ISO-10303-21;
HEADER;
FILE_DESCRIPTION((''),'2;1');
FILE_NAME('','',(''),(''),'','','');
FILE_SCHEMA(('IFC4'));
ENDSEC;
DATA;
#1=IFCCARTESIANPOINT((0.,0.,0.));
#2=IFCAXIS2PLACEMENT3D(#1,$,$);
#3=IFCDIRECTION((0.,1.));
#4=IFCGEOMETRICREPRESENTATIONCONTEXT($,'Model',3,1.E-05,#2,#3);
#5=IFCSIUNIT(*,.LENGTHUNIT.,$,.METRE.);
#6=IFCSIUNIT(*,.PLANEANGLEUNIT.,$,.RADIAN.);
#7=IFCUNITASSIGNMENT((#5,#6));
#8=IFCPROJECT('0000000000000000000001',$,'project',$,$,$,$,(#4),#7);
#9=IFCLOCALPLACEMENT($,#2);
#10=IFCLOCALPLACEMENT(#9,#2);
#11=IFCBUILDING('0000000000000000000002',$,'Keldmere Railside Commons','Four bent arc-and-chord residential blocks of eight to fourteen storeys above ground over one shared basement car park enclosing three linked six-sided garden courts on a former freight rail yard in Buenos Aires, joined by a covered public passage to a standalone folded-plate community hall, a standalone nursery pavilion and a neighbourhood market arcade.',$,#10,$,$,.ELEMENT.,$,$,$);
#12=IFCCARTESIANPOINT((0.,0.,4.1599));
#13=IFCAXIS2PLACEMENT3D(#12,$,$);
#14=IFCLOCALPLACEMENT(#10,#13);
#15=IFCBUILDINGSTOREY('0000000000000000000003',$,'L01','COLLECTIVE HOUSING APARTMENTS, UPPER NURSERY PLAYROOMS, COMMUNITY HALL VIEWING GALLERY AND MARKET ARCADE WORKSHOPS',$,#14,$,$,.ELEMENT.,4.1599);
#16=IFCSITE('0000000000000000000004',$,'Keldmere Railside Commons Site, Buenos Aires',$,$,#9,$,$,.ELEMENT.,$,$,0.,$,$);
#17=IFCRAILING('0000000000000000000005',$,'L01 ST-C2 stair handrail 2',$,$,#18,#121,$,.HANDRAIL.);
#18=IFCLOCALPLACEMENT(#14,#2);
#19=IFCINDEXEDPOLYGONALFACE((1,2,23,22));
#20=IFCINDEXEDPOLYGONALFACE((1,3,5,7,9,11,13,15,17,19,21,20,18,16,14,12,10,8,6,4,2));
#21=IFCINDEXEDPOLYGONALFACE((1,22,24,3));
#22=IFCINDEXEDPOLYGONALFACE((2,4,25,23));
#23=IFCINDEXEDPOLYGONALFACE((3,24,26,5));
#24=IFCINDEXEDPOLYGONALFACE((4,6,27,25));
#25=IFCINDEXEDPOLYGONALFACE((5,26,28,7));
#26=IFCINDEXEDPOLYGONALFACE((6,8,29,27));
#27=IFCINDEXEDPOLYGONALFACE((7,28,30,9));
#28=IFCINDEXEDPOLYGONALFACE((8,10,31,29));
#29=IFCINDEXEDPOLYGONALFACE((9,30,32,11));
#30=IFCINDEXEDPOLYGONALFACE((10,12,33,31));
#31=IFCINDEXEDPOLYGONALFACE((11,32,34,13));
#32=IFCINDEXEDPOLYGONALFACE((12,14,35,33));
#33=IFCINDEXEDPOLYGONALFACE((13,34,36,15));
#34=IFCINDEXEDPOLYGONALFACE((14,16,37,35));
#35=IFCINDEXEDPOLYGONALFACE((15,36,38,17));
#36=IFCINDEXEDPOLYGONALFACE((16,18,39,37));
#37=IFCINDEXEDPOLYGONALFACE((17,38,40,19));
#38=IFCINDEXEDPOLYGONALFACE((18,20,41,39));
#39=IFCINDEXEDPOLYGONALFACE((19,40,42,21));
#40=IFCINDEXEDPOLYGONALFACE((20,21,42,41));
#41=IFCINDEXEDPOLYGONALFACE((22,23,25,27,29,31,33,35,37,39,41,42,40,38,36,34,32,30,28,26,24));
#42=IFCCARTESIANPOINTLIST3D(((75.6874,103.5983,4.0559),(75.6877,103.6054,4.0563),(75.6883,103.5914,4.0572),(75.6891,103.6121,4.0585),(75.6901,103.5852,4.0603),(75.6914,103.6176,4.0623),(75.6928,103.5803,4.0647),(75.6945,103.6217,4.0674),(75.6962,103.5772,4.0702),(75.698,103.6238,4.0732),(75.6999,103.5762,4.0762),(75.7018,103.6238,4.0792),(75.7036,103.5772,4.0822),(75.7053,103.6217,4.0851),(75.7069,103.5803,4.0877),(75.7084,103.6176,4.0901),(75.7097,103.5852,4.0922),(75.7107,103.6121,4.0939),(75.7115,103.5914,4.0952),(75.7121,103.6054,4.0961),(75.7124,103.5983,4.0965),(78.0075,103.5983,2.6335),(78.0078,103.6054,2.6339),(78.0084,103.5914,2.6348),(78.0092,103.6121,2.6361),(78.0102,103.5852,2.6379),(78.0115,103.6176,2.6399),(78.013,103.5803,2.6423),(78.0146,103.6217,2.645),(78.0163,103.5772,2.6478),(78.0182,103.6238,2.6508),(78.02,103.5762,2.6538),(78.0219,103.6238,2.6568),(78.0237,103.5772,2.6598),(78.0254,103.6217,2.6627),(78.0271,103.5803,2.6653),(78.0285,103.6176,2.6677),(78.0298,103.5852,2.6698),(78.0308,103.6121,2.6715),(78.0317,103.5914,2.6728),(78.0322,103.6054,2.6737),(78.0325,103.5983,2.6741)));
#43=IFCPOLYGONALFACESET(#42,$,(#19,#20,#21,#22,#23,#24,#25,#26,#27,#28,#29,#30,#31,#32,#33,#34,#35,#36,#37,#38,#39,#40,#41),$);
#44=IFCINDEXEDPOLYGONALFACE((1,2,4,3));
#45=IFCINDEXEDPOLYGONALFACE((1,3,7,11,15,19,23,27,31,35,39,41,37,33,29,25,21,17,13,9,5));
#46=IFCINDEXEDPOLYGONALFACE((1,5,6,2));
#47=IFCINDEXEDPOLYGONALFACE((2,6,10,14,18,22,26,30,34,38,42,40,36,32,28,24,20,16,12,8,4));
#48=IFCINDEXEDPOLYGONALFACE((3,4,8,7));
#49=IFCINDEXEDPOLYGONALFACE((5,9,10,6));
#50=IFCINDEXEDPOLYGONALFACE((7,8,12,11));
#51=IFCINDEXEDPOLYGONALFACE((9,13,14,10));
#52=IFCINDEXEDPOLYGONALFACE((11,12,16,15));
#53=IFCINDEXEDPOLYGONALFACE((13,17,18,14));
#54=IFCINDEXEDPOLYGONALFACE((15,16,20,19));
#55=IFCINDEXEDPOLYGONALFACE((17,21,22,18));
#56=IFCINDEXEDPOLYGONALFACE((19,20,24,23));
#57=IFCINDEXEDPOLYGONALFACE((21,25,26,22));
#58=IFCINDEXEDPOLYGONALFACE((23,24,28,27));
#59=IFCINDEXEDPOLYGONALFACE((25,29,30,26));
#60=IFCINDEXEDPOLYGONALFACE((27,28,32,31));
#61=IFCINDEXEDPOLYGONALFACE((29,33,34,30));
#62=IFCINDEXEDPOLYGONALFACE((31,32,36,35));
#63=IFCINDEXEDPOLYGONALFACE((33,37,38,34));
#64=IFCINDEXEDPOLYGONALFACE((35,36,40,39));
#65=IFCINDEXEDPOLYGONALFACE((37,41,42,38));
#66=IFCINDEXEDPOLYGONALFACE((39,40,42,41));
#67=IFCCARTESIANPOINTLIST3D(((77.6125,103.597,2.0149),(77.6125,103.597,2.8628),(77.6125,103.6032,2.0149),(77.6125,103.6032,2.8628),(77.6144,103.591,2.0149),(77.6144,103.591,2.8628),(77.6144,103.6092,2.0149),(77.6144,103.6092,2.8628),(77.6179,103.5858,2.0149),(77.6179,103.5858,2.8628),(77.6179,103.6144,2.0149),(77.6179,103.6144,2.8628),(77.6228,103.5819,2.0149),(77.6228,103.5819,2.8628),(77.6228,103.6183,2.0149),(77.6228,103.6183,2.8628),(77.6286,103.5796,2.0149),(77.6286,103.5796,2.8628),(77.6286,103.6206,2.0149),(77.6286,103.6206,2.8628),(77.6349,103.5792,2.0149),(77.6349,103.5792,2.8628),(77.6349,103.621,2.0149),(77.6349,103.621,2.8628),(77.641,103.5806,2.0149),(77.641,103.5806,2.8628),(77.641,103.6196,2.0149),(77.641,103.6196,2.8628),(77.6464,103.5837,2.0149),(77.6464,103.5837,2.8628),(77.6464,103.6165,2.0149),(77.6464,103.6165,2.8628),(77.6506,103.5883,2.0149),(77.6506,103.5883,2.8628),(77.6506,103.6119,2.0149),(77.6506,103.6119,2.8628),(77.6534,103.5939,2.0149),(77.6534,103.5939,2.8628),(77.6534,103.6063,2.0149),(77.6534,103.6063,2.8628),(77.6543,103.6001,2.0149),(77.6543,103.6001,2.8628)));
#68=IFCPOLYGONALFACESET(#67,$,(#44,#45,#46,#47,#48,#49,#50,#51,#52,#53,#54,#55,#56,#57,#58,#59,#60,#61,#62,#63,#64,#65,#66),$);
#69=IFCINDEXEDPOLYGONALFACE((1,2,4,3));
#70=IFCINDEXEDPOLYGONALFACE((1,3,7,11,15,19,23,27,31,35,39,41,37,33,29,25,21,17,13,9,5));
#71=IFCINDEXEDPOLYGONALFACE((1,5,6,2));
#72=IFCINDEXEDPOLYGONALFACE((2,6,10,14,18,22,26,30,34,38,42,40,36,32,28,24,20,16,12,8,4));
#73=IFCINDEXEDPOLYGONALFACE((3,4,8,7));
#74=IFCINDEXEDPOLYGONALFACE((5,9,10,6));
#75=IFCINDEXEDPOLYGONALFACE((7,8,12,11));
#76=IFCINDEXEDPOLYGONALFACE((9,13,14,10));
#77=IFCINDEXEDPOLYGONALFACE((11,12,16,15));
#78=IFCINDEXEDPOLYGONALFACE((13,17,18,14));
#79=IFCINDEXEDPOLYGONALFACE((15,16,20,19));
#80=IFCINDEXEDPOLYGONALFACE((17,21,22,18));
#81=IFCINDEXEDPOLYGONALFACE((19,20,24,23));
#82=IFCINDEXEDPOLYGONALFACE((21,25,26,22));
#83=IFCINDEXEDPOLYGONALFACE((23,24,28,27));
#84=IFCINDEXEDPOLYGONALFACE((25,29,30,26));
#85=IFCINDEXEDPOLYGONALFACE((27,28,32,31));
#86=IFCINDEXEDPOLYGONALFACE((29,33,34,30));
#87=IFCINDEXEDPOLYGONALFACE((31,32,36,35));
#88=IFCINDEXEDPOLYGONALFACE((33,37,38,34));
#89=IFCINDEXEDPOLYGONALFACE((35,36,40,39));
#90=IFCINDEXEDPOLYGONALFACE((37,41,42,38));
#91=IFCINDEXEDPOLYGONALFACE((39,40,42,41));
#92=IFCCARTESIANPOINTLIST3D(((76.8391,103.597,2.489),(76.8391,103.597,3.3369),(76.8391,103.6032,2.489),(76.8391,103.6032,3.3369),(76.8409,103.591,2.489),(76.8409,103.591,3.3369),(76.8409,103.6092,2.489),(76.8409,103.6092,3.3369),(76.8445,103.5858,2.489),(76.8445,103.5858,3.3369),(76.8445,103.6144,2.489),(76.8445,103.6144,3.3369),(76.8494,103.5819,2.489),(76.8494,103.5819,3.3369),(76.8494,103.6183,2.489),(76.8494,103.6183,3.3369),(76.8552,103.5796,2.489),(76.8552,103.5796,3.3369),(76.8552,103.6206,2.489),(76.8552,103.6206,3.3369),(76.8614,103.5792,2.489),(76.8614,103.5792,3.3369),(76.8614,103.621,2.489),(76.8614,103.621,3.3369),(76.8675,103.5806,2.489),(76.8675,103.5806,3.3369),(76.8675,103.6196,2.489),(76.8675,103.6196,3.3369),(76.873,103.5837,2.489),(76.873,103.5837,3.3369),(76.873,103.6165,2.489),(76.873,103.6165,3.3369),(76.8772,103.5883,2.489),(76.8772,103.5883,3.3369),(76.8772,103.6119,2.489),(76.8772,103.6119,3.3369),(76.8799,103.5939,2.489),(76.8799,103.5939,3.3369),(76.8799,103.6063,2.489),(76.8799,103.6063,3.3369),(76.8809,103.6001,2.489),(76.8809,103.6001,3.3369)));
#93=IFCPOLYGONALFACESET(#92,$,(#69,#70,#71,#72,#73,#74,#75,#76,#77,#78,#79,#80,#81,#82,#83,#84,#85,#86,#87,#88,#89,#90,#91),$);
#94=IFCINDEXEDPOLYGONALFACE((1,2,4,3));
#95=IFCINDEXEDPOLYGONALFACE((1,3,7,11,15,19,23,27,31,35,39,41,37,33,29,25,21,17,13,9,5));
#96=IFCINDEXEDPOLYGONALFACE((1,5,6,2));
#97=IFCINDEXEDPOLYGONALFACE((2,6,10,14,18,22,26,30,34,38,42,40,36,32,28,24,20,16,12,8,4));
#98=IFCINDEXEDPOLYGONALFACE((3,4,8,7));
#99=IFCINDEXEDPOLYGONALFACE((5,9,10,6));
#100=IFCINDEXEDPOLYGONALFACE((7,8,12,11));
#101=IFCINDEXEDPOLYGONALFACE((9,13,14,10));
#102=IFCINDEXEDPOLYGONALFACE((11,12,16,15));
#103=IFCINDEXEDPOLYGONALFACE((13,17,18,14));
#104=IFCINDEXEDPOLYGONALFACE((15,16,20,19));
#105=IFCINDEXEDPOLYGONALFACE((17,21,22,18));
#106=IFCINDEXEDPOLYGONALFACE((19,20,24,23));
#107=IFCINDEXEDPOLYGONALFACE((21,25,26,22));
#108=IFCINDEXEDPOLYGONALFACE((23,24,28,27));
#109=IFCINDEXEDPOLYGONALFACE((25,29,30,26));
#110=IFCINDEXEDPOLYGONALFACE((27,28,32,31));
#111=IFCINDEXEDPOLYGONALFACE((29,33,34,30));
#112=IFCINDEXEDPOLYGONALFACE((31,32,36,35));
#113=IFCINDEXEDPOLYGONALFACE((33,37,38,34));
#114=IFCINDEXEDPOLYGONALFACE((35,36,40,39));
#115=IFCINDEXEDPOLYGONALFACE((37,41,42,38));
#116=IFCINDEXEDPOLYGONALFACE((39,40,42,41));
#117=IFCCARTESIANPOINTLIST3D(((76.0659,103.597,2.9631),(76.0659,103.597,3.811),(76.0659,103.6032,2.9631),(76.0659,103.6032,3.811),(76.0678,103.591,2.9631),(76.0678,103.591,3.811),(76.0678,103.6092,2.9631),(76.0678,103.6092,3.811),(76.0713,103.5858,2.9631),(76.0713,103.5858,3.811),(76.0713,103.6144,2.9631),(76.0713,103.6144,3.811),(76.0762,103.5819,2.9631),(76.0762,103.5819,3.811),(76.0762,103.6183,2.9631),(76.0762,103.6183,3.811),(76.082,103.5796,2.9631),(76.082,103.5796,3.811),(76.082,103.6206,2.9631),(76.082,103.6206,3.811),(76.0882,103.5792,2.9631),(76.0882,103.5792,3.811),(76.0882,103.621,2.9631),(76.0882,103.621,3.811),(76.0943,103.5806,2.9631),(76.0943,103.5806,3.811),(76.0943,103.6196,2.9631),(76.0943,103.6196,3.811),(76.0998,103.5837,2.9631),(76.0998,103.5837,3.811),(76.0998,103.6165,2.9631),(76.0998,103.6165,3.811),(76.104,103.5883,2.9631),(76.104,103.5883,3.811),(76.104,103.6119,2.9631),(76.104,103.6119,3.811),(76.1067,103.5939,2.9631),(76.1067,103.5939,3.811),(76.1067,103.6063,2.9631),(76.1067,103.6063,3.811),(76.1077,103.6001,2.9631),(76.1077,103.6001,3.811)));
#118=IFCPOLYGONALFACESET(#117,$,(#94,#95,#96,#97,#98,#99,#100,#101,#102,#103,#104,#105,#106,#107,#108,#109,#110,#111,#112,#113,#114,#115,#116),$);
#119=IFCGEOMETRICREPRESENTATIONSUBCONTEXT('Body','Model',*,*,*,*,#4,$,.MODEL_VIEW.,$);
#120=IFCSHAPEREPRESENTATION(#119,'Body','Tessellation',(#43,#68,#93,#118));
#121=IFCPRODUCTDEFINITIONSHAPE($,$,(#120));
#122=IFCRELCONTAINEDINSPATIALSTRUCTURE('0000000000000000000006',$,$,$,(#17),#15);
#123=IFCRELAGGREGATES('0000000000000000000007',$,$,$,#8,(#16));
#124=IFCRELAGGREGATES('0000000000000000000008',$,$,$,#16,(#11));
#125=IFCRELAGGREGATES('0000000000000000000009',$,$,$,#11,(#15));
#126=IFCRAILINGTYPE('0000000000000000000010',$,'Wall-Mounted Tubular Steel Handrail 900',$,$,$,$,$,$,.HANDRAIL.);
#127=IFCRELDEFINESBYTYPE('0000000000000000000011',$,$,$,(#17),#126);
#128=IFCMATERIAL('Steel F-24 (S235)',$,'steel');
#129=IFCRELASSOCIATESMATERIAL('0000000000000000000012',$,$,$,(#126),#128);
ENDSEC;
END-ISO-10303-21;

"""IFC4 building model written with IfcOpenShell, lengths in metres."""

from ifc_helpers import new_model, si_unit, direction, frame, origin, origin_2d, place, context, subcontext, project, spatial, circle, extrude, material, type_object, element, save


model = new_model("IFC4")

# Units and contexts
model_context = context("Model", 3, precision=1e-05, world=origin(), true_north=direction((0.0, 1.0)))
body_context = subcontext(model_context, "Body", "Model", "MODEL_VIEW")
ifc_project = project(units=[si_unit("LENGTHUNIT", "METRE"), si_unit("PLANEANGLEUNIT", "RADIAN")], contexts=[model_context])

# Site, building, storey
site_placement = place(None, origin())
site = spatial("IfcSite", under=ifc_project, at=site_placement, Name="Keldmere Railside Commons Site, Buenos Aires", CompositionType="ELEMENT", RefElevation=0.0)
building_placement = place(site_placement, origin())
building = spatial("IfcBuilding", under=site, at=building_placement, Name="Keldmere Railside Commons", Description="Four bent arc-and-chord residential blocks of eight to fourteen storeys above ground over one shared basement car park enclosing three linked six-sided garden courts on a former freight rail yard in Buenos Aires, joined by a covered public passage to a standalone folded-plate community hall, a standalone nursery pavilion and a neighbourhood market arcade.", CompositionType="ELEMENT")
storey_placement = place(building_placement, frame((0.0, 0.0, 4.1599)))
storey = spatial("IfcBuildingStorey", under=building, at=storey_placement, Name="L01", Description="COLLECTIVE HOUSING APARTMENTS, UPPER NURSERY PLAYROOMS, COMMUNITY HALL VIEWING GALLERY AND MARKET ARCADE WORKSHOPS", CompositionType="ELEMENT", Elevation=4.1599)

# Railing
ifc_material_1 = material(Name="Steel F-24 (S235)", Category="steel")
railing_type_1 = type_object("IfcRailingType", Name="Wall-Mounted Tubular Steel Handrail 900", PredefinedType="HANDRAIL", material=ifc_material_1)
railing_1_placement = place(storey_placement, frame((78.02, 103.6001, 1.7778)))
element("IfcRailing", 1, at=railing_1_placement, inside=storey, type_object=railing_type_1, Name="L01 ST-C2 stair handrail 2", PredefinedType="HANDRAIL", context=body_context, shape_type="SweptSolid", body=[
    extrude(circle(Radius=0.0239, at=origin_2d()), frame((0.0, 0.0, 0.876), z_axis=(-0.852538, 0.0, 0.522665), x_axis=(0.0, -1.0, 0.0)), (0.0, 0.0, 1.0), 2.7214),
    extrude(circle(Radius=0.021, at=origin_2d()), frame((-0.3867, 0.0, 0.2371)), (0.0, 0.0, 1.0), 0.8479),
    extrude(circle(Radius=0.021, at=origin_2d()), frame((-1.1602, 0.0, 0.7112)), (0.0, 0.0, 1.0), 0.8479),
    extrude(circle(Radius=0.021, at=origin_2d()), frame((-1.9333, 0.0, 1.1853)), (0.0, 0.0, 1.0), 0.8479),
])

save(model, "model.ifc")
